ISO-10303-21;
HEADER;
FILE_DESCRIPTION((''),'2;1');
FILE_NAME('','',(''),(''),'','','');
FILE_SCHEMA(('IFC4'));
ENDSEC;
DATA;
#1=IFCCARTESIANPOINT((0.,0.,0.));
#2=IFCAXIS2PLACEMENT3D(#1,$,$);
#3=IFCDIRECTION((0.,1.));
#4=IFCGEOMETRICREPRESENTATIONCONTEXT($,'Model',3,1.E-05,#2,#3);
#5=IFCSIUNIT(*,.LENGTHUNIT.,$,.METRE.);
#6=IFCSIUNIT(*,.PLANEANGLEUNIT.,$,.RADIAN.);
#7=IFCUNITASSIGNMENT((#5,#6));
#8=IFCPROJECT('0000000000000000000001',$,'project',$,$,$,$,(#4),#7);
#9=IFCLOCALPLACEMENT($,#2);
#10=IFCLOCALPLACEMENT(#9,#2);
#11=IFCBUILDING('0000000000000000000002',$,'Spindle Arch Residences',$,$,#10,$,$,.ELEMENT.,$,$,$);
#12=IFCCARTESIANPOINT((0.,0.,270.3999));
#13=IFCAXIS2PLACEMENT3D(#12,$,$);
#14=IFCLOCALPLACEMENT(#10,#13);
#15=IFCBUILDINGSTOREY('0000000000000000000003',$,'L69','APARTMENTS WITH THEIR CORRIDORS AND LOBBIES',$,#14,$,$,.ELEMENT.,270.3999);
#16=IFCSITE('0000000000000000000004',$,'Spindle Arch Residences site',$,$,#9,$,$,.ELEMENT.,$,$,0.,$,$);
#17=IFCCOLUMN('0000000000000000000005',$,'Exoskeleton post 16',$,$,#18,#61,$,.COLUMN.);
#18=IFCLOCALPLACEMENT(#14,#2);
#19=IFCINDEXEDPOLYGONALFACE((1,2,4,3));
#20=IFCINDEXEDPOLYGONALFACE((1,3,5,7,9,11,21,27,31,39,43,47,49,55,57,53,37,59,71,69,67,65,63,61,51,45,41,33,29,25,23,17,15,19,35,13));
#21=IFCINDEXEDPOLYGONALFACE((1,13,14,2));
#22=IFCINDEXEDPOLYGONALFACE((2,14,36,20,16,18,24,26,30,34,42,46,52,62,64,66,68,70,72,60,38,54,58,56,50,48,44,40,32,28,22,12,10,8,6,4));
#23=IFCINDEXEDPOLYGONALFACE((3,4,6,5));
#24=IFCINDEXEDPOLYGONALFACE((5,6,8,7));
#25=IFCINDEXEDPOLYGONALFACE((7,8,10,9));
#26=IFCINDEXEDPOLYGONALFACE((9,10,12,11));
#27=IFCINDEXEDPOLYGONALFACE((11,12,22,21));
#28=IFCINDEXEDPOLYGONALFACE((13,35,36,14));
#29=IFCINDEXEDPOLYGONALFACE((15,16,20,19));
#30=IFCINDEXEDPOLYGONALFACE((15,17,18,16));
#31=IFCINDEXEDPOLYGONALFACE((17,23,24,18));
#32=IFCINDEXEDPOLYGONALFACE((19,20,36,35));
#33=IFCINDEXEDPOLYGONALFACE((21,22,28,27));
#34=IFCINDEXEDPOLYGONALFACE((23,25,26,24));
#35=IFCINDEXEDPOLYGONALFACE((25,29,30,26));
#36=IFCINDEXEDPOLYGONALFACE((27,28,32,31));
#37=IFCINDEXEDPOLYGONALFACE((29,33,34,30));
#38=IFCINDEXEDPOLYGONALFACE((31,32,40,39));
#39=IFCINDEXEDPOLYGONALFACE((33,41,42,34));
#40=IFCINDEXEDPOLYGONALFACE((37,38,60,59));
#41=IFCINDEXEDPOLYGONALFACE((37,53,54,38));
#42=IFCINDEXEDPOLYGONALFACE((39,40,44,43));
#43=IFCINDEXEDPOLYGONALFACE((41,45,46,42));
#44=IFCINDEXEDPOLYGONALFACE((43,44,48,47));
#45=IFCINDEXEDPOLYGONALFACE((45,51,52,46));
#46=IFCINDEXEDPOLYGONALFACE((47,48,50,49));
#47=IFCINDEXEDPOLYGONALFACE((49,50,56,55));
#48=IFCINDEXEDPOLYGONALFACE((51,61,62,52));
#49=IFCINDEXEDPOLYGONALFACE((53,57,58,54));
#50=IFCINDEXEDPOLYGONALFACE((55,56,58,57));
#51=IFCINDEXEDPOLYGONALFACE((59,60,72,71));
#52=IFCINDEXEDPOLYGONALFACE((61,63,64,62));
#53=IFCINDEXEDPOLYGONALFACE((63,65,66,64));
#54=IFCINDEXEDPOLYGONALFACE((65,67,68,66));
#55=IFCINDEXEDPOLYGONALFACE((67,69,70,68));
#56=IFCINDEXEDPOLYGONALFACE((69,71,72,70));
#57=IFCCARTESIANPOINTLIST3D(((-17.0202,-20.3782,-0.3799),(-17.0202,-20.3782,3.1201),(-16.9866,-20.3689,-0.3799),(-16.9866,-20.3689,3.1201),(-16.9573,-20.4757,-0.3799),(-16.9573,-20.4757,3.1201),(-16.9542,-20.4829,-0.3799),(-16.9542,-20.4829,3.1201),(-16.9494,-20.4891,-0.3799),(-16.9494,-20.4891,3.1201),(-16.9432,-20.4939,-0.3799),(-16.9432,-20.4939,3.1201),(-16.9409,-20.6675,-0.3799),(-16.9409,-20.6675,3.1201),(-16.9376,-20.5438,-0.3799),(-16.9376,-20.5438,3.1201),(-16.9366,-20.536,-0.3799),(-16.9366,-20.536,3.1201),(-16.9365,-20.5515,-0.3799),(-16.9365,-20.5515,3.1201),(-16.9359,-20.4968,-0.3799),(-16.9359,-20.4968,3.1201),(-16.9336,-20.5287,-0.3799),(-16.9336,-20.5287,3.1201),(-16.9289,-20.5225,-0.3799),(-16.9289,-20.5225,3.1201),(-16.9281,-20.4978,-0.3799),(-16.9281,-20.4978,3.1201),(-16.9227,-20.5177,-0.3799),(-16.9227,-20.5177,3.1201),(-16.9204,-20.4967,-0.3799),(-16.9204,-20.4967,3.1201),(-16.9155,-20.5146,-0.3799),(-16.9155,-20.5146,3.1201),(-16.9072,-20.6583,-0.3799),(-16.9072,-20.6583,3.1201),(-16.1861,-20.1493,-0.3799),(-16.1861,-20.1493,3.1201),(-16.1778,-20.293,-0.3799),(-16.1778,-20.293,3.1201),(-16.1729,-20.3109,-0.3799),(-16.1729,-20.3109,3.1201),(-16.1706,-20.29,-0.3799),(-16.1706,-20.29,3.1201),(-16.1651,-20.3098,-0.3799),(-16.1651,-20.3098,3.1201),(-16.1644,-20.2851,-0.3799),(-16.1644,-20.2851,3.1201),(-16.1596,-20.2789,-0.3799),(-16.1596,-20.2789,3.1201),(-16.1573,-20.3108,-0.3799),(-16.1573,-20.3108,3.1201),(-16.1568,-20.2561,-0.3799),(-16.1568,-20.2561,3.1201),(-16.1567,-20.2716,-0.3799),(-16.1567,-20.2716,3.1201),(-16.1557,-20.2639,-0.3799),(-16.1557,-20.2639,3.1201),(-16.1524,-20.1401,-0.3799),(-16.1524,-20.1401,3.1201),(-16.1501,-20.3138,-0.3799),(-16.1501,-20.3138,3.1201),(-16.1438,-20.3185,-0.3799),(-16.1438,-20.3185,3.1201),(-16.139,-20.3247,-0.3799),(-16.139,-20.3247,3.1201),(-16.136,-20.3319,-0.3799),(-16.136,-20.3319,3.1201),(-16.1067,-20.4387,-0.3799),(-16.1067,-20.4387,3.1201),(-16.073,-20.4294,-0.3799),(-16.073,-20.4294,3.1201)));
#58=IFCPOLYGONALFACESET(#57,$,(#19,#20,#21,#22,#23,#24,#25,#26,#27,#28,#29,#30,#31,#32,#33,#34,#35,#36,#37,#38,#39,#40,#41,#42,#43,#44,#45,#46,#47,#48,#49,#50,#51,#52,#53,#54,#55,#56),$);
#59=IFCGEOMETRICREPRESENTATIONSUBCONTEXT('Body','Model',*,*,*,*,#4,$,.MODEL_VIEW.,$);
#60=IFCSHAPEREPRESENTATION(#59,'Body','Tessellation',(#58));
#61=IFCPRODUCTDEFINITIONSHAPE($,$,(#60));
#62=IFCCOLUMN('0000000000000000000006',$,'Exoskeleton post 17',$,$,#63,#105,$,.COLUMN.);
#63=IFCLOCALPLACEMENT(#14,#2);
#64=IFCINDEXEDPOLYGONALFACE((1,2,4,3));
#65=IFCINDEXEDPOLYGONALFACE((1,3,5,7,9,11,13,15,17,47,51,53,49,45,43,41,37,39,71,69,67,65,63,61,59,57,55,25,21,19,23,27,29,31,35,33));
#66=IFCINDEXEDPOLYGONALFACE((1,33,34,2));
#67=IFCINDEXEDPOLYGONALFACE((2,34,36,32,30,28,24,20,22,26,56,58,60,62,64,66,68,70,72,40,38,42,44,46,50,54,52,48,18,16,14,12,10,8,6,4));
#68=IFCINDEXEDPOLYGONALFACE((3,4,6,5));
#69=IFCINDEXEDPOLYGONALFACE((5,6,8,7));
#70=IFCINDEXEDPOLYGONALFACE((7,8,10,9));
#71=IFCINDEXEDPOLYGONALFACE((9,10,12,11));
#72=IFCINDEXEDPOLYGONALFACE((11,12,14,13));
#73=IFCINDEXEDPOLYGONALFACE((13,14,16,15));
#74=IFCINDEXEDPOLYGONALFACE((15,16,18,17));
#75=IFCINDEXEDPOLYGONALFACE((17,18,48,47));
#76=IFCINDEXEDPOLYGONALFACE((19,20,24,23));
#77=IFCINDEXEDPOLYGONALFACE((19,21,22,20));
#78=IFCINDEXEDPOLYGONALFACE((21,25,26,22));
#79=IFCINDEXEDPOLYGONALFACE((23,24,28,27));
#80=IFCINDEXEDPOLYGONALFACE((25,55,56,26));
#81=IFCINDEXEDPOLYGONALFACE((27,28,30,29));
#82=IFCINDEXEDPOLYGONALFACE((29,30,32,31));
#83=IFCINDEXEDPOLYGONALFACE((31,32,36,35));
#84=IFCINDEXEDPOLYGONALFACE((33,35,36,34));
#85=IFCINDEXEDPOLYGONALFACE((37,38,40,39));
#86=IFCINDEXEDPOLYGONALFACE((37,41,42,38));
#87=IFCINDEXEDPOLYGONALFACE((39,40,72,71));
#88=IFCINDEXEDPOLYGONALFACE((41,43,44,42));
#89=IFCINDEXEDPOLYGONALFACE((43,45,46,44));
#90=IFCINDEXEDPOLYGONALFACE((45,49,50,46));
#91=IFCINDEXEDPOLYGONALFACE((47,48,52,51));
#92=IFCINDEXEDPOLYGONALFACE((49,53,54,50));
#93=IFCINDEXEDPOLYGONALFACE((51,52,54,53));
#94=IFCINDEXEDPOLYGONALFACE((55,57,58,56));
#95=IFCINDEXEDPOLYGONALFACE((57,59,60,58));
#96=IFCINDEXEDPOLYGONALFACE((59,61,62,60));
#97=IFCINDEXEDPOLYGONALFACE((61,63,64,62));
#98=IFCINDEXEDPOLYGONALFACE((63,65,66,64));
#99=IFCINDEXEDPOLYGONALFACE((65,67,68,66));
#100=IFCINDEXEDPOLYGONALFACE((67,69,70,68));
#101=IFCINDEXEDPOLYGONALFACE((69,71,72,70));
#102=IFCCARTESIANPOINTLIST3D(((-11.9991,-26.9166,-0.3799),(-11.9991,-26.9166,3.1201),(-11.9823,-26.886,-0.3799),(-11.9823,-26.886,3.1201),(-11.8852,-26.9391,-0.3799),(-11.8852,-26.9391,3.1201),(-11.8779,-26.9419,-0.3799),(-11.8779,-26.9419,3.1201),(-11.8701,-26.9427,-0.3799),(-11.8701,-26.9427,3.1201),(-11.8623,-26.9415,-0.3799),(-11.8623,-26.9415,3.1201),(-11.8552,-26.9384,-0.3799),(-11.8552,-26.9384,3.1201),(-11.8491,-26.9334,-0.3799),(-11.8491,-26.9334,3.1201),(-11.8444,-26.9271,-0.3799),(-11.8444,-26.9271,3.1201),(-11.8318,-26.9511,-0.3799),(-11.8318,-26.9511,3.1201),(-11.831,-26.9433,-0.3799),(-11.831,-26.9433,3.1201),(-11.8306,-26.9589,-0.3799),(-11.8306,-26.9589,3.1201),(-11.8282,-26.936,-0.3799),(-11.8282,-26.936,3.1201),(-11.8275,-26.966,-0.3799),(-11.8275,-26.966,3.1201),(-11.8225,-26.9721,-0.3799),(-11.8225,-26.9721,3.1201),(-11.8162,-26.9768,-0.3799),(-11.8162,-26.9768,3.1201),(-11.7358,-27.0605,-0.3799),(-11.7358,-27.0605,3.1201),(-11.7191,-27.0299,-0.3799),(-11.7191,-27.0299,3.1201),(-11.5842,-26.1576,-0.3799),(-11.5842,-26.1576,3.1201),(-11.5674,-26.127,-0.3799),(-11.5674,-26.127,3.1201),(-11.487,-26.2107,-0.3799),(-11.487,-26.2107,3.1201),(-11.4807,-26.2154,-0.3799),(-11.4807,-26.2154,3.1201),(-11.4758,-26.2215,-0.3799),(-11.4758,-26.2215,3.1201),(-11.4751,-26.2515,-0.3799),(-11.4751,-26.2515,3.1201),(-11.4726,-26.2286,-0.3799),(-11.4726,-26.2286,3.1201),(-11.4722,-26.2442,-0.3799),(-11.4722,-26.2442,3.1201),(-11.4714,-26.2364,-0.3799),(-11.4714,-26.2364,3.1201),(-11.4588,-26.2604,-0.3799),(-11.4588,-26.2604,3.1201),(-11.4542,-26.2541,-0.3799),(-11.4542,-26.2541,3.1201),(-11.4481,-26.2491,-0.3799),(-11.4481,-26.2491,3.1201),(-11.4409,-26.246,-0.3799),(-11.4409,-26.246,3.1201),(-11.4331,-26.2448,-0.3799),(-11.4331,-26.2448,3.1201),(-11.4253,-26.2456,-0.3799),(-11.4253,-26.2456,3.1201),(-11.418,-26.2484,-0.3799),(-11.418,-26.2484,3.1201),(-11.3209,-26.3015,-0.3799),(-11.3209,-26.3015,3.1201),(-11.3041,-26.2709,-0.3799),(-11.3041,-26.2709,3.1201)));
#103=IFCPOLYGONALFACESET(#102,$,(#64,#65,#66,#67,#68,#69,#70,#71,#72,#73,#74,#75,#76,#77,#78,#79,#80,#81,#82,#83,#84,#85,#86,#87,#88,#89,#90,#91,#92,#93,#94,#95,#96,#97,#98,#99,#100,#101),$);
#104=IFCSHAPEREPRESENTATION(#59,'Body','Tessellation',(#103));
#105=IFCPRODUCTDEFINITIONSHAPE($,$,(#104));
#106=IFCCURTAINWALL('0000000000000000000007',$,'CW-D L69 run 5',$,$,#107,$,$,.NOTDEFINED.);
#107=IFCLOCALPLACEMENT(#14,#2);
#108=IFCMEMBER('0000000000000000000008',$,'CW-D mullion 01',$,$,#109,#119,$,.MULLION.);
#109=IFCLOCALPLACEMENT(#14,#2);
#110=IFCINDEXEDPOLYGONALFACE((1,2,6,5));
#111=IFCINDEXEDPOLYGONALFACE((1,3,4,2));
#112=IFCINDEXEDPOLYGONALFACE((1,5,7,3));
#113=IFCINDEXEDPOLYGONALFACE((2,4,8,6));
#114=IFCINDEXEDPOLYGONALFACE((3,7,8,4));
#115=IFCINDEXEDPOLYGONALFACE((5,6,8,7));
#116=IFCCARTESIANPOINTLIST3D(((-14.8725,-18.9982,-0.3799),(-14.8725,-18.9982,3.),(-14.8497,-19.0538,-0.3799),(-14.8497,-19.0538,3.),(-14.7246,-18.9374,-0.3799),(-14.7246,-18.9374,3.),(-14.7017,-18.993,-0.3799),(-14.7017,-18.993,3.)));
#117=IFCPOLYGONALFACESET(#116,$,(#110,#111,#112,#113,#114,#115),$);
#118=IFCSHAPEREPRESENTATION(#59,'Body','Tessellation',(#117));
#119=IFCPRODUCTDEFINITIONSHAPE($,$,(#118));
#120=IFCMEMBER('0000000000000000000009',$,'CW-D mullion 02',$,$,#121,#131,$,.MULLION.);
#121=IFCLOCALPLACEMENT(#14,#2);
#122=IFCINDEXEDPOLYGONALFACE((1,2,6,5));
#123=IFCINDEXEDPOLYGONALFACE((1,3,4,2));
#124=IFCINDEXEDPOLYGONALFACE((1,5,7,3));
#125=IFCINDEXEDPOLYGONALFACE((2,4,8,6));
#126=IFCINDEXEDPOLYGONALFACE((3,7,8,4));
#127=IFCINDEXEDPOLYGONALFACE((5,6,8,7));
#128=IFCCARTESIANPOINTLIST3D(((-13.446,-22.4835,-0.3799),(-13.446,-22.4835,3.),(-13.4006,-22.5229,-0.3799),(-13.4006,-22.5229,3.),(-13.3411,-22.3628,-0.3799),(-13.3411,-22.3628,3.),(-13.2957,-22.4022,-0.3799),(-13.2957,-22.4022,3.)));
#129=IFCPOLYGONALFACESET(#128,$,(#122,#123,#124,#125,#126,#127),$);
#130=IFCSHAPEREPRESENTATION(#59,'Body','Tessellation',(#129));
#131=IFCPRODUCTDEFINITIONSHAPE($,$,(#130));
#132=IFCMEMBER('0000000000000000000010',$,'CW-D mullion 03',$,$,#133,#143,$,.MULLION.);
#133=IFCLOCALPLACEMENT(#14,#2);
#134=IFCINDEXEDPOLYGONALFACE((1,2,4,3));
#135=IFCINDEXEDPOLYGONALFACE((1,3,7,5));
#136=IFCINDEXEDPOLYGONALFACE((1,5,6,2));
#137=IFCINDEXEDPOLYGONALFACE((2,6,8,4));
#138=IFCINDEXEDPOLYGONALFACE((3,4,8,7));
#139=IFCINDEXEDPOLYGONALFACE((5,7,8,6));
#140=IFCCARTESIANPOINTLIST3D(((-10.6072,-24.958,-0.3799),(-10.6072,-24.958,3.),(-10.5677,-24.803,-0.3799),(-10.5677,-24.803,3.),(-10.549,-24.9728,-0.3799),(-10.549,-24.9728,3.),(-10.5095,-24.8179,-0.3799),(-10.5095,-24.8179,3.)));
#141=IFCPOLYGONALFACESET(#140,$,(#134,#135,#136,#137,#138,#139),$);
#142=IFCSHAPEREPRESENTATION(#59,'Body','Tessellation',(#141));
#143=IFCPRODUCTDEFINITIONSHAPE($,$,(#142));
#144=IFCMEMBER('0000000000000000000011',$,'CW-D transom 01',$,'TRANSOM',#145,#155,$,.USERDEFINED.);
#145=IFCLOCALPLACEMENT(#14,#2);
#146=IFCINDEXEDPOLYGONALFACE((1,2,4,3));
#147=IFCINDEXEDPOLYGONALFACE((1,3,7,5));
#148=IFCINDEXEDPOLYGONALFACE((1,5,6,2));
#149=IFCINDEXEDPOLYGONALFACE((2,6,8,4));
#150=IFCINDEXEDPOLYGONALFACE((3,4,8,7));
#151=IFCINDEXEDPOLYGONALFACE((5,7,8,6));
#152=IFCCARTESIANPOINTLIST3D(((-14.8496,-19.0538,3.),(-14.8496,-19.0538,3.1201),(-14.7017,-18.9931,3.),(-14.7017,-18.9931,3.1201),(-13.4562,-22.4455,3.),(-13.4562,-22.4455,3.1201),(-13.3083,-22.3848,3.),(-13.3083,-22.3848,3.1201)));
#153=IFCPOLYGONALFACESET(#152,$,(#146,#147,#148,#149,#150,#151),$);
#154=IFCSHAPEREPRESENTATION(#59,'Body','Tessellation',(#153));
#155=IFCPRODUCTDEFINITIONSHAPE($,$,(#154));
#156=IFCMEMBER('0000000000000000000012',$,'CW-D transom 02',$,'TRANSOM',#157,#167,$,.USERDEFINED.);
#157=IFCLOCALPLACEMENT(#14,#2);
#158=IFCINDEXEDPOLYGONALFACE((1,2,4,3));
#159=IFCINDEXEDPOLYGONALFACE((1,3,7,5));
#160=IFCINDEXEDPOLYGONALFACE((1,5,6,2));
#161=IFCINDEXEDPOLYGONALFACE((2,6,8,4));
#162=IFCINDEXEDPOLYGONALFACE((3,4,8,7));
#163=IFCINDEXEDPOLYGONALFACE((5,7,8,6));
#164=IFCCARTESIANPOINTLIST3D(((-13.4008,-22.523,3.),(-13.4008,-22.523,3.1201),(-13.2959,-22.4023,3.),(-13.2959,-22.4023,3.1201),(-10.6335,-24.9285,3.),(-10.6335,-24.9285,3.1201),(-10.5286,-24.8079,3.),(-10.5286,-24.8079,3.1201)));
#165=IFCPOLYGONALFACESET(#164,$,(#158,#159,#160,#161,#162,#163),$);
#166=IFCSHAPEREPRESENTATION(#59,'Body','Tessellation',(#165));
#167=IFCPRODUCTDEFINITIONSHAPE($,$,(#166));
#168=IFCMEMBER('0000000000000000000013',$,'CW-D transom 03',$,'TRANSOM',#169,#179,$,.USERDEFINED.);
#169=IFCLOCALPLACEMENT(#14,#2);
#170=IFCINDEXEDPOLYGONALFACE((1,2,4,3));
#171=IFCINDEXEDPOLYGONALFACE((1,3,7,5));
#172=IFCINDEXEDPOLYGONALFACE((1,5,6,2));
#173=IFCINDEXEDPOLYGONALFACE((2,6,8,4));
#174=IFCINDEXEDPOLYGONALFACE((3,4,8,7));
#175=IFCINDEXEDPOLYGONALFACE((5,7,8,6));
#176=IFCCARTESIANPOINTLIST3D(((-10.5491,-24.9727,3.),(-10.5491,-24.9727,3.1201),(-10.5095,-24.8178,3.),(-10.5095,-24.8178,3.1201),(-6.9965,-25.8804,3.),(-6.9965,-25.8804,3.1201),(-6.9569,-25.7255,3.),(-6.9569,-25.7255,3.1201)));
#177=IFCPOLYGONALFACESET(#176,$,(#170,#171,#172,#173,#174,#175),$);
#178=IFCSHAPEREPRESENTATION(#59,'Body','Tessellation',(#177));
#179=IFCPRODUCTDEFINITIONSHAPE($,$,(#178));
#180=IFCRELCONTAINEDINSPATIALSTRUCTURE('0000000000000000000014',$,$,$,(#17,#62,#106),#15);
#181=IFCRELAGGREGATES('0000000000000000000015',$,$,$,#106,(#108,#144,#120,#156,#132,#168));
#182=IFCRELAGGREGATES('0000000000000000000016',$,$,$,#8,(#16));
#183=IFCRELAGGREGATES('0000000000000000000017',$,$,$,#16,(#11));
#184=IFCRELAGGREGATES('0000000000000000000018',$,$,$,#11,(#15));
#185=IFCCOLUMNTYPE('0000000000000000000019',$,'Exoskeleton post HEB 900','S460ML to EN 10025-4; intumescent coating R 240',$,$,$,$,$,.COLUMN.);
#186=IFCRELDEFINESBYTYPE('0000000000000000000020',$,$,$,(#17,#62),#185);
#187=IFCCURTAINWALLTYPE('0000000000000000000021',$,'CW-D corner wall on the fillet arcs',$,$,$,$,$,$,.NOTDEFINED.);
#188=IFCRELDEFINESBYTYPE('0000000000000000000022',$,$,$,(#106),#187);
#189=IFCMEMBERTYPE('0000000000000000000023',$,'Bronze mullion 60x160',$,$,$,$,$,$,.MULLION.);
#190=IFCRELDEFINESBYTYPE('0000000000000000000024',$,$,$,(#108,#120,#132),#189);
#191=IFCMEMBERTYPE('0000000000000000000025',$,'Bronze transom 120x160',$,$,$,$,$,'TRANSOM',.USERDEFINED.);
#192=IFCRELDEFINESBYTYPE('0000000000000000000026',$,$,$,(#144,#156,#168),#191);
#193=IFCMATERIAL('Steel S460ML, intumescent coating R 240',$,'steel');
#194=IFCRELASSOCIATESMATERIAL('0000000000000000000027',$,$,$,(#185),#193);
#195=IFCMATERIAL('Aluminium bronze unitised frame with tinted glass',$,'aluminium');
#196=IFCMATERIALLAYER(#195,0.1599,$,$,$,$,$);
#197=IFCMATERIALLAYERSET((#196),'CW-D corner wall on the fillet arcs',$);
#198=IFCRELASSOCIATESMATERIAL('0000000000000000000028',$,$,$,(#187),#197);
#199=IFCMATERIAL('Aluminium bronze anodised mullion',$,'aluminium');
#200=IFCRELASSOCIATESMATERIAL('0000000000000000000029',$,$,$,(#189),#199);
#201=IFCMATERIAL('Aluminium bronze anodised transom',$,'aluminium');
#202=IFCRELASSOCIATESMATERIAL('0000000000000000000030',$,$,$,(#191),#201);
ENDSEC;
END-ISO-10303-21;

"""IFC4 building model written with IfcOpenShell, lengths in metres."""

from ifc_helpers import new_model, si_unit, direction, frame, origin, origin_2d, place, context, subcontext, project, spatial, rectangle, i_section, extrude, material, layer, layer_set, material_profile, profile_set, type_object, element, aggregate, save


model = new_model("IFC4")

# Units and contexts
model_context = context("Model", 3, precision=1e-05, world=origin(), true_north=direction((0.0, 1.0)))
body_context = subcontext(model_context, "Body", "Model", "MODEL_VIEW")
ifc_project = project(units=[si_unit("LENGTHUNIT", "METRE"), si_unit("PLANEANGLEUNIT", "RADIAN")], contexts=[model_context])

# Site, building, storey
site_placement = place(None, origin())
site = spatial("IfcSite", under=ifc_project, at=site_placement, Name="Spindle Arch Residences site", CompositionType="ELEMENT", RefElevation=0.0)
building_placement = place(site_placement, origin())
building = spatial("IfcBuilding", under=site, at=building_placement, Name="Spindle Arch Residences", CompositionType="ELEMENT")
storey_placement = place(building_placement, frame((0.0, 0.0, 270.3999)))
storey = spatial("IfcBuildingStorey", under=building, at=storey_placement, Name="L69", Description="APARTMENTS WITH THEIR CORRIDORS AND LOBBIES", CompositionType="ELEMENT", Elevation=270.3999)

# Columns
ifc_material_1 = material(Name="Steel S460ML, intumescent coating R 240", Category="steel")
ifc_material_profile_1 = material_profile(ifc_material_1, i_section(OverallWidth=0.3, OverallDepth=0.8999, WebThickness=0.0186, FlangeThickness=0.0349, FilletRadius=0.03, at=origin_2d()), Name="HEB 900")
ifc_profile_set_1 = profile_set([ifc_material_profile_1], Name="Steel S460ML, intumescent coating R 240")
column_type = type_object("IfcColumnType", Name="Exoskeleton post HEB 900", Description="S460ML to EN 10025-4; intumescent coating R 240", PredefinedType="COLUMN", material=ifc_profile_set_1)
for number, where, z_axis, x_axis, name in (
    (1, (-16.5466, -20.4038, -0.3799), (0.0, 0.0, 1.0), (-0.264569, 0.964367, 0.0), "Exoskeleton post 16"),
    (2, (-11.6516, -26.5938, -0.3799), (0.0, 0.0, 1.0), (-0.877435, 0.479696, 0.0), "Exoskeleton post 17"),
):
    element("IfcColumn", number, at=place(storey_placement, frame(where, z_axis=z_axis, x_axis=x_axis)), inside=storey, type_object=column_type, Name=name, PredefinedType="COLUMN", context=body_context, shape_type="SweptSolid", body=[
        extrude(i_section(OverallWidth=0.3, OverallDepth=0.8999, WebThickness=0.0186, FlangeThickness=0.0349, FilletRadius=0.03, at=origin_2d()), origin(), (0.0, 0.0, 1.0), 3.5),
    ])

# Curtain wall, members
ifc_material_2 = material(Name="Aluminium bronze unitised frame with tinted glass", Category="aluminium")
ifc_layer_1 = layer(ifc_material_2, 0.1599)
ifc_layer_set_1 = layer_set([ifc_layer_1], Name="CW-D corner wall on the fillet arcs")
curtain_wall_type = type_object("IfcCurtainWallType", Name="CW-D corner wall on the fillet arcs", PredefinedType="NOTDEFINED", material=ifc_layer_set_1)
curtain_wall_placement = place(storey_placement, origin())
curtain_wall = element("IfcCurtainWall", 3, at=curtain_wall_placement, inside=storey, type_object=curtain_wall_type, Name="CW-D L69 run 5", PredefinedType="NOTDEFINED")
ifc_material_3 = material(Name="Aluminium bronze anodised mullion", Category="aluminium")
ifc_material_profile_2 = material_profile(ifc_material_3, rectangle(XDim=0.1599, YDim=0.0601, at=origin_2d()), Name="MU 60x160")
ifc_profile_set_2 = profile_set([ifc_material_profile_2], Name="Aluminium bronze anodised mullion")
member_type_1 = type_object("IfcMemberType", Name="Bronze mullion 60x160", PredefinedType="MULLION", material=ifc_profile_set_2)
member_1_placement = place(storey_placement, frame((-14.7871, -18.9956, -0.3799), z_axis=(0.0, 0.0, 1.0), x_axis=(0.924989, 0.379994, 0.0)))
member_1 = element("IfcMember", 4, at=member_1_placement, type_object=member_type_1, Name="CW-D mullion 01", PredefinedType="MULLION", context=body_context, shape_type="SweptSolid", body=[
    extrude(rectangle(XDim=0.1599, YDim=0.0601, at=origin_2d()), origin(), (0.0, 0.0, 1.0), 3.3799),
])
member_2_placement = place(storey_placement, frame((-13.3708, -22.4429, -0.3799), z_axis=(0.0, 0.0, 1.0), x_axis=(0.656059, 0.75471, 0.0)))
member_2 = element("IfcMember", 5, at=member_2_placement, type_object=member_type_1, Name="CW-D mullion 02", PredefinedType="MULLION", context=body_context, shape_type="SweptSolid", body=[
    extrude(rectangle(XDim=0.1599, YDim=0.0601, at=origin_2d()), origin(), (0.0, 0.0, 1.0), 3.3799),
])
member_3_placement = place(storey_placement, frame((-10.5583, -24.8879, -0.3799), z_axis=(0.0, 0.0, 1.0), x_axis=(0.247563, 0.968872, 0.0)))
member_3 = element("IfcMember", 6, at=member_3_placement, type_object=member_type_1, Name="CW-D mullion 03", PredefinedType="MULLION", context=body_context, shape_type="SweptSolid", body=[
    extrude(rectangle(XDim=0.1599, YDim=0.0601, at=origin_2d()), origin(), (0.0, 0.0, 1.0), 3.3799),
])
ifc_material_4 = material(Name="Aluminium bronze anodised transom", Category="aluminium")
ifc_material_profile_3 = material_profile(ifc_material_4, rectangle(XDim=0.1599, YDim=0.1201, at=origin_2d()), Name="TR 120x160")
ifc_profile_set_3 = profile_set([ifc_material_profile_3], Name="Aluminium bronze anodised transom")
member_type_2 = type_object("IfcMemberType", Name="Bronze transom 120x160", ElementType="TRANSOM", PredefinedType="USERDEFINED", material=ifc_profile_set_3)
member_4_placement = place(storey_placement, frame((-14.7756, -19.0234, 3.0601), z_axis=(0.379996, -0.924988, 0.0), x_axis=(0.924988, 0.379996, 0.0)))
member_4 = element("IfcMember", 7, at=member_4_placement, type_object=member_type_2, Name="CW-D transom 01", ObjectType="TRANSOM", PredefinedType="USERDEFINED", context=body_context, shape_type="SweptSolid", body=[
    extrude(rectangle(XDim=0.1599, YDim=0.1201, at=origin_2d()), origin(), (0.0, 0.0, 1.0), 3.6667),
])
member_5_placement = place(storey_placement, frame((-13.3484, -22.4626, 3.0601), z_axis=(0.754722, -0.656045, 0.0), x_axis=(0.656045, 0.754722, 0.0)))
member_5 = element("IfcMember", 8, at=member_5_placement, type_object=member_type_2, Name="CW-D transom 02", ObjectType="TRANSOM", PredefinedType="USERDEFINED", context=body_context, shape_type="SweptSolid", body=[
    extrude(rectangle(XDim=0.1599, YDim=0.1201, at=origin_2d()), origin(), (0.0, 0.0, 1.0), 3.6667),
])
member_6_placement = place(storey_placement, frame((-10.5293, -24.8953, 3.0601), z_axis=(0.968876, -0.247545, 0.0), x_axis=(0.247545, 0.968876, 0.0)))
member_6 = element("IfcMember", 9, at=member_6_placement, type_object=member_type_2, Name="CW-D transom 03", ObjectType="TRANSOM", PredefinedType="USERDEFINED", context=body_context, shape_type="SweptSolid", body=[
    extrude(rectangle(XDim=0.1599, YDim=0.1201, at=origin_2d()), origin(), (0.0, 0.0, 1.0), 3.6667),
])

aggregate(curtain_wall, [member_1, member_4, member_2, member_5, member_3, member_6])

save(model, "model.ifc")
